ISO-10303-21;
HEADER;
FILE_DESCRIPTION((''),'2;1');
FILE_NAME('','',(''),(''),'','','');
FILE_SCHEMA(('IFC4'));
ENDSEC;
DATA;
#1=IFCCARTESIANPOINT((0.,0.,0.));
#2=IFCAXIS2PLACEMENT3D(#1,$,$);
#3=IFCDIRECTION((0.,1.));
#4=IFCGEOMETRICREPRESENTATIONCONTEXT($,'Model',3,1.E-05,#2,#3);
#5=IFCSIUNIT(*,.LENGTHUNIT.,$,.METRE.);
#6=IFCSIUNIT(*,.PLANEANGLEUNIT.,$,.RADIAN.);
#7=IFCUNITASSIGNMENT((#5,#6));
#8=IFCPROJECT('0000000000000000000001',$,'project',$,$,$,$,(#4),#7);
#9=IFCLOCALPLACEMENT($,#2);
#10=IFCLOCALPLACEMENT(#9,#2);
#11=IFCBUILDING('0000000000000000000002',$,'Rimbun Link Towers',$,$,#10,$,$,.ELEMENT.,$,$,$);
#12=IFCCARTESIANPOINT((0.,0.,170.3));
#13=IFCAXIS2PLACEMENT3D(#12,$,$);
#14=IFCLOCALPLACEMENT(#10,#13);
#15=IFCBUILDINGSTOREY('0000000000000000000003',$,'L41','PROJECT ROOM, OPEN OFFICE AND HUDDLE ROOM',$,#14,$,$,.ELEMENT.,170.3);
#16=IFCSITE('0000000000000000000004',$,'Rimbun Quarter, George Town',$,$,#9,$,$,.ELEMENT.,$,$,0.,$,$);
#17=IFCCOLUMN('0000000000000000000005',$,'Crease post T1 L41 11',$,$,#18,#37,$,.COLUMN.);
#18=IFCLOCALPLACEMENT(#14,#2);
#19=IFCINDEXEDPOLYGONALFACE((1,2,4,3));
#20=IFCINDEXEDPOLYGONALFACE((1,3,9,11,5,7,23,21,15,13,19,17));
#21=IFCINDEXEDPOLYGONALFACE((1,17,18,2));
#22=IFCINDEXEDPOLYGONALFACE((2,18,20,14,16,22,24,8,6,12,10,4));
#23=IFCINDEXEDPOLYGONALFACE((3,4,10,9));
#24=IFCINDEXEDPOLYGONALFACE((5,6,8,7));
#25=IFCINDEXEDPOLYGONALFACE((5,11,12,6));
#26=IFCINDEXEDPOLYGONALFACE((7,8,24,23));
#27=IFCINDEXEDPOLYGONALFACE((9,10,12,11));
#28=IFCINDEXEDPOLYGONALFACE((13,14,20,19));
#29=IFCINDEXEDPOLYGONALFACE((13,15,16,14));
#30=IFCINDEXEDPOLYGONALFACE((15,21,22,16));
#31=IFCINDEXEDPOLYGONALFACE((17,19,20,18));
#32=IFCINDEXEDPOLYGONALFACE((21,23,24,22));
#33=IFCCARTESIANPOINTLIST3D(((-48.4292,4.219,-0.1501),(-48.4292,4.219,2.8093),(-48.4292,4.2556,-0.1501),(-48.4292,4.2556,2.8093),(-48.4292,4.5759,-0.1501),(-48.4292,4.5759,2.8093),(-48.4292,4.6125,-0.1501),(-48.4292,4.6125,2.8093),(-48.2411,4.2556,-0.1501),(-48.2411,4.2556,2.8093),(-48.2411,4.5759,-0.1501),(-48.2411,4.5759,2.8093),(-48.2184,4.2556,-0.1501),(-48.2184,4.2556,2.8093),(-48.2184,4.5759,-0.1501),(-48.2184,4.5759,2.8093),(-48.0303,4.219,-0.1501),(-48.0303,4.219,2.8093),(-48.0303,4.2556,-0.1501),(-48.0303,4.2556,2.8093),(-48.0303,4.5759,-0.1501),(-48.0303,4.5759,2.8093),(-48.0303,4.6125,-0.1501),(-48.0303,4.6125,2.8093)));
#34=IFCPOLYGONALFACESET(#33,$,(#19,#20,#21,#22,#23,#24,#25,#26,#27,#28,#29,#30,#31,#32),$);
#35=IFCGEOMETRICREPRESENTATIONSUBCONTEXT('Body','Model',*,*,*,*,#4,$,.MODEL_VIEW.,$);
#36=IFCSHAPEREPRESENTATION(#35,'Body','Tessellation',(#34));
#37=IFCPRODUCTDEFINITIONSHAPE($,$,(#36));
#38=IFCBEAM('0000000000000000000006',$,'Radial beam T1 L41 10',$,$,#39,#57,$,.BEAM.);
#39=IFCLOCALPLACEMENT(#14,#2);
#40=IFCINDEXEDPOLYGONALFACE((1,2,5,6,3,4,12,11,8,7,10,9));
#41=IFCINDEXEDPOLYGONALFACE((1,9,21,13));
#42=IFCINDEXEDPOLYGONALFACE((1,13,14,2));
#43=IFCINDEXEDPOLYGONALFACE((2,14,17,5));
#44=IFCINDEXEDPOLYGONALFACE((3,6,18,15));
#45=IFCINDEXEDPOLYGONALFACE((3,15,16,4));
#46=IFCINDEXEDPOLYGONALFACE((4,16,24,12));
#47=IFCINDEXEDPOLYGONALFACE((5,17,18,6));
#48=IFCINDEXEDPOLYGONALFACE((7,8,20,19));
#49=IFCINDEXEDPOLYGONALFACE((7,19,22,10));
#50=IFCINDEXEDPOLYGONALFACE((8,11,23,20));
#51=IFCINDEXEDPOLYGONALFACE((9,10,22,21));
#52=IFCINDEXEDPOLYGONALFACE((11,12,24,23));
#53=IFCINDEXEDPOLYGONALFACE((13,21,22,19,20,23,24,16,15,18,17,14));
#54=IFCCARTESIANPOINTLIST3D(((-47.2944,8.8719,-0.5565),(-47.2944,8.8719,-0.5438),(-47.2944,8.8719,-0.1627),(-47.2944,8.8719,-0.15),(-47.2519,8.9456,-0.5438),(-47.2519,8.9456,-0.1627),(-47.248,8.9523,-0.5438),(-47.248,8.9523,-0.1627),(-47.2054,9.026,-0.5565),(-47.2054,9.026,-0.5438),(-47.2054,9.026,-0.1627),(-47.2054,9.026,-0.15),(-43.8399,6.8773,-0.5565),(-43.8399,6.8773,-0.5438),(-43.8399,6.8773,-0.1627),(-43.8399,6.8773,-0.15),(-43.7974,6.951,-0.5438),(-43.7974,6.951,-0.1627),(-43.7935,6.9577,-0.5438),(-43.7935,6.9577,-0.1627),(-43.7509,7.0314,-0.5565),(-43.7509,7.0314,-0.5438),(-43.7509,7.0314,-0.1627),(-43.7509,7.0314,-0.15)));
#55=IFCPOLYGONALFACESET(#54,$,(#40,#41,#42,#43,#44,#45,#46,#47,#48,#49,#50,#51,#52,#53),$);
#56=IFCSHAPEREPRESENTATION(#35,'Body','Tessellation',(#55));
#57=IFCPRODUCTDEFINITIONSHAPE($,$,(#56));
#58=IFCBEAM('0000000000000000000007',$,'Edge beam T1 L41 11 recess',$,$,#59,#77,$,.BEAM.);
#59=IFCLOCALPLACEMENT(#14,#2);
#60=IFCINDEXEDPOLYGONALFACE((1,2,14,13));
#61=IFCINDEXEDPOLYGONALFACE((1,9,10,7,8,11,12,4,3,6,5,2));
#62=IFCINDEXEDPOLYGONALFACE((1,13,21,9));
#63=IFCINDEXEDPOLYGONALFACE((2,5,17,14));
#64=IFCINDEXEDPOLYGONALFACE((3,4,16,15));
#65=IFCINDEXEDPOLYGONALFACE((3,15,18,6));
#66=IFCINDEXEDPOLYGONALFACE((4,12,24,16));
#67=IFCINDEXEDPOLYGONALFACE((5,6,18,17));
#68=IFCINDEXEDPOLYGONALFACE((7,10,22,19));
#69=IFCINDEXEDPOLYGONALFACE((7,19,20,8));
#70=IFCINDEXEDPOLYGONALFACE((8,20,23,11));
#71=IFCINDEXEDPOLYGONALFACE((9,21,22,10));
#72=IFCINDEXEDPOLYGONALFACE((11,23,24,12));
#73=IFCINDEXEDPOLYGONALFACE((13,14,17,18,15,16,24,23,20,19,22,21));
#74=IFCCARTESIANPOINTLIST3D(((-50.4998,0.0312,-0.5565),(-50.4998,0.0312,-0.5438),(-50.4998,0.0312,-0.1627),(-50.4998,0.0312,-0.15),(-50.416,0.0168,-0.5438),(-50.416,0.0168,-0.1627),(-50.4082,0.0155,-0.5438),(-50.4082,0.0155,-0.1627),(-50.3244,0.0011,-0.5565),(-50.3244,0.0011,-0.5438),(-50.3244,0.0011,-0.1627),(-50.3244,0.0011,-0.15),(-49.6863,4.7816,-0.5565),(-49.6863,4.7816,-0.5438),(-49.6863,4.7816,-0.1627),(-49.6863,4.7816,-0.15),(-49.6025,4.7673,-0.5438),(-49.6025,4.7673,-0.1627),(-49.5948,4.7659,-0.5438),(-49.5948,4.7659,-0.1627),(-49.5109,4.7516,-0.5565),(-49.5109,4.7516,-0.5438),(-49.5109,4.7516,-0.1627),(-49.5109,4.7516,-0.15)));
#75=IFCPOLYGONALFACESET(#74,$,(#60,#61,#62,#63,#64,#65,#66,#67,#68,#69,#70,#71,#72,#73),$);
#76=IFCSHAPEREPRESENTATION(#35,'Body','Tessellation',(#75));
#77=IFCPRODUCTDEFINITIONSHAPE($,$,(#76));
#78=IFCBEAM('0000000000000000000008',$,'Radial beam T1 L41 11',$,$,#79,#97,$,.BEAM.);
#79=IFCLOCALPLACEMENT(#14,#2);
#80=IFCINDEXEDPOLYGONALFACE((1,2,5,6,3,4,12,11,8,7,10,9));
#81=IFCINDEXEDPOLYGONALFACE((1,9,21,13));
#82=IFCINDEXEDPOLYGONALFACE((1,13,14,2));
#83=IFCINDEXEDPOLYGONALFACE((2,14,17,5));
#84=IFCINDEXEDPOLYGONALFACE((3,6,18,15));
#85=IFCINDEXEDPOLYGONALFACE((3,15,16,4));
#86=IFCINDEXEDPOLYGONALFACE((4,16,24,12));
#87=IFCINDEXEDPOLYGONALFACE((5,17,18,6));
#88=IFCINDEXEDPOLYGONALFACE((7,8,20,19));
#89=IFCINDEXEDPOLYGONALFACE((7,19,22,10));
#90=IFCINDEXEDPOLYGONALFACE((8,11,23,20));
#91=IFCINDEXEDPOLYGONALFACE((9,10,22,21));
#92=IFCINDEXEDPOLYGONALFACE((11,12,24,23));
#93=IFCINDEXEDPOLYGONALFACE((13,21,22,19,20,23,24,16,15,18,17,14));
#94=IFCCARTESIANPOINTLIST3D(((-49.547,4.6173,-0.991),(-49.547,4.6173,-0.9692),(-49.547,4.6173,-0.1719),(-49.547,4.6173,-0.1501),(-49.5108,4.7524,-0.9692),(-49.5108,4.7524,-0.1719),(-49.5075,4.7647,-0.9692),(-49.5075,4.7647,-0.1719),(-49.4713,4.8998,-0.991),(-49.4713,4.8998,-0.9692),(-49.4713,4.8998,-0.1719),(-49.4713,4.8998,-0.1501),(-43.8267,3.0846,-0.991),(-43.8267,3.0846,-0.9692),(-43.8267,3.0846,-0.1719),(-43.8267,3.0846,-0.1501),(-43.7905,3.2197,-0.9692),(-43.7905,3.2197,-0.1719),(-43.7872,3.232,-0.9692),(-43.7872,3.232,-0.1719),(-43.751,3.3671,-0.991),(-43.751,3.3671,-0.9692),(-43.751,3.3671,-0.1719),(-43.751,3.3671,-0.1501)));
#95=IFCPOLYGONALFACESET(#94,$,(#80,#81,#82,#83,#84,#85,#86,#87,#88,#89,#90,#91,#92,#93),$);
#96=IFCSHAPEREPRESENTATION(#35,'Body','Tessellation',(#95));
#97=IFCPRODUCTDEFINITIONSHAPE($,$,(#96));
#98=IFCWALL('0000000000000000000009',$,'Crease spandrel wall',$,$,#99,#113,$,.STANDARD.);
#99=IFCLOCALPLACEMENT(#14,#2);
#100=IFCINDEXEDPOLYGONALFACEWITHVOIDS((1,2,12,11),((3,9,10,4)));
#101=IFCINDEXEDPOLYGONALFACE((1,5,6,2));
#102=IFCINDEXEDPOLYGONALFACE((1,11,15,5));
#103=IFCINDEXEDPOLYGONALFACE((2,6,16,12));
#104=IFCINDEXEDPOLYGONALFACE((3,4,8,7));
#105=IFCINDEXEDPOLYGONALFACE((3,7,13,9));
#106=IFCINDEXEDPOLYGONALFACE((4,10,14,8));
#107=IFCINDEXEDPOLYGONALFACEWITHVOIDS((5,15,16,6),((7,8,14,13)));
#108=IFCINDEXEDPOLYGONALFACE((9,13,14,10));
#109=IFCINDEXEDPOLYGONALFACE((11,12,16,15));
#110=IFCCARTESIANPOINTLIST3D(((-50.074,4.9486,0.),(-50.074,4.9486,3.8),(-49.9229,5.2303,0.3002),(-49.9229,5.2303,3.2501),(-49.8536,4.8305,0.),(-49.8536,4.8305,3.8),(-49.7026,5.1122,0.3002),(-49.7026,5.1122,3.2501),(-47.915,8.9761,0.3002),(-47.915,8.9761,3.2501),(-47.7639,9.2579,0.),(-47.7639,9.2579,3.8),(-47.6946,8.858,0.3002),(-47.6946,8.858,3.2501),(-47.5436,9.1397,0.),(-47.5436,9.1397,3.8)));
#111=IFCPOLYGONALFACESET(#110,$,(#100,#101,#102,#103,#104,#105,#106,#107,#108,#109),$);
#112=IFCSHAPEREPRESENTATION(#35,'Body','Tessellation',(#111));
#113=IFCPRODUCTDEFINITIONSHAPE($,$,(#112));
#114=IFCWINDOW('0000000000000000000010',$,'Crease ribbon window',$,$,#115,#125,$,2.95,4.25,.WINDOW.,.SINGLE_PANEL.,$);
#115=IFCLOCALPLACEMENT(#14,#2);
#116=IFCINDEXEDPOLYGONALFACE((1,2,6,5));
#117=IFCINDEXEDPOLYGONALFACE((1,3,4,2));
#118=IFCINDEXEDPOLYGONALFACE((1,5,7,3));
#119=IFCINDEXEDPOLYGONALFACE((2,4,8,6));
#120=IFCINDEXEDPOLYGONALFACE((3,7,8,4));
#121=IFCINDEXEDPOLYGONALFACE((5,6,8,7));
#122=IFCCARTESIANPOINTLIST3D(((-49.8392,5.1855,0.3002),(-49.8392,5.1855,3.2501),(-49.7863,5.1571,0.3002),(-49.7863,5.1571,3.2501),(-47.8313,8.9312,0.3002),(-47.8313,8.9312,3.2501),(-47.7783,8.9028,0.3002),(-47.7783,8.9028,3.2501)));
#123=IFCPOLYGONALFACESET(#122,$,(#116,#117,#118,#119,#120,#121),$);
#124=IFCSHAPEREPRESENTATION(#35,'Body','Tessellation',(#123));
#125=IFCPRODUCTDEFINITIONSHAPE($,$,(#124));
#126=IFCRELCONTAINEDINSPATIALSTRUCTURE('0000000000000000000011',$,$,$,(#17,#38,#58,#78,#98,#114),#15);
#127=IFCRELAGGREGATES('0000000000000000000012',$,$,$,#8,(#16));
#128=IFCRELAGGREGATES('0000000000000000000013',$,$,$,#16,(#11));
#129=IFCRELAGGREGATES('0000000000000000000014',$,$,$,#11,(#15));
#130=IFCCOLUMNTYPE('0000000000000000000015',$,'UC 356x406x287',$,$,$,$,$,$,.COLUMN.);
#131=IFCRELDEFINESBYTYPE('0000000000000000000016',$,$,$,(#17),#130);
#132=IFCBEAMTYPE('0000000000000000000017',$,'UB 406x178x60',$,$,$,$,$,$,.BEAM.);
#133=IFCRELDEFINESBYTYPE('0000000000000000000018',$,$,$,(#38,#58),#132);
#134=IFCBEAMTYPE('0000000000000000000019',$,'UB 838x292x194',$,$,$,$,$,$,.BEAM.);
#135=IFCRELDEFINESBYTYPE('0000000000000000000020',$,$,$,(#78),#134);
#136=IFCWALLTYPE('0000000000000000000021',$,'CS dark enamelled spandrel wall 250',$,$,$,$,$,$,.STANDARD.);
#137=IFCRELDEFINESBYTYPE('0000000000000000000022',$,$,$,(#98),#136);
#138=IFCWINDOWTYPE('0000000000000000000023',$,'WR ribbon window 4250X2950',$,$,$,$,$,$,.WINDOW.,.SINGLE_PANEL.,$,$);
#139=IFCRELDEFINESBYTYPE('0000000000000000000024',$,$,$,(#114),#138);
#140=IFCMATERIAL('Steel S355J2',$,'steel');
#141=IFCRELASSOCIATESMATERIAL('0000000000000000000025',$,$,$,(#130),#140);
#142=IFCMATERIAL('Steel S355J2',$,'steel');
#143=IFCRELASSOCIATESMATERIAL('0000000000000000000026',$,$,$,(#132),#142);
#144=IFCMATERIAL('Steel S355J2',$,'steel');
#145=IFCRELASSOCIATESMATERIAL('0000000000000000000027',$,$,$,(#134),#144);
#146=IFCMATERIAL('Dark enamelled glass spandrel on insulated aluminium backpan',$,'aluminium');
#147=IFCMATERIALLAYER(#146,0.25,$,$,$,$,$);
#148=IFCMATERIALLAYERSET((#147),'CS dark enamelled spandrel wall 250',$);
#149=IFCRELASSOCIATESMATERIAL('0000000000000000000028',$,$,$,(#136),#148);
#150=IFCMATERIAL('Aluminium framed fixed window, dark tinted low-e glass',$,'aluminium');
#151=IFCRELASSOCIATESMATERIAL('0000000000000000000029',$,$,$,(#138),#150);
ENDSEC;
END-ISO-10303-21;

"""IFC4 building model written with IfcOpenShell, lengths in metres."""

from ifc_helpers import new_model, si_unit, direction, frame, frame_2d, origin, origin_2d, place, context, subcontext, project, spatial, rectangle, i_section, extrude, material, layer, layer_set, material_profile, profile_set, type_object, element, fill, save


model = new_model("IFC4")

# Units and contexts
model_context = context("Model", 3, precision=1e-05, world=origin(), true_north=direction((0.0, 1.0)))
body_context = subcontext(model_context, "Body", "Model", "MODEL_VIEW")
ifc_project = project(units=[si_unit("LENGTHUNIT", "METRE"), si_unit("PLANEANGLEUNIT", "RADIAN")], contexts=[model_context])

# Site, building, storey
site_placement = place(None, origin())
site = spatial("IfcSite", under=ifc_project, at=site_placement, Name="Rimbun Quarter, George Town", CompositionType="ELEMENT", RefElevation=0.0)
building_placement = place(site_placement, origin())
building = spatial("IfcBuilding", under=site, at=building_placement, Name="Rimbun Link Towers", CompositionType="ELEMENT")
storey_placement = place(building_placement, frame((0.0, 0.0, 170.3)))
storey = spatial("IfcBuildingStorey", under=building, at=storey_placement, Name="L41", Description="PROJECT ROOM, OPEN OFFICE AND HUDDLE ROOM", CompositionType="ELEMENT", Elevation=170.3)

# Column
ifc_material_1 = material(Name="Steel S355J2", Category="steel")
ifc_material_profile_1 = material_profile(ifc_material_1, i_section(OverallWidth=0.3989, OverallDepth=0.3936, WebThickness=0.0227, FlangeThickness=0.0366, at=origin_2d()), Name="UC 356x406x287")
ifc_profile_set_1 = profile_set([ifc_material_profile_1], Name="Steel S355J2")
column_type = type_object("IfcColumnType", Name="UC 356x406x287", PredefinedType="COLUMN", material=ifc_profile_set_1)
column_placement = place(storey_placement, frame((-48.2297, 4.4158, -0.1501), z_axis=(0.0, 0.0, 1.0), x_axis=(1.0, 0.0, 0.0)))
element("IfcColumn", 1, at=column_placement, inside=storey, type_object=column_type, Name="Crease post T1 L41 11", PredefinedType="COLUMN", context=body_context, shape_type="SweptSolid", body=[
    extrude(i_section(OverallWidth=0.3989, OverallDepth=0.3936, WebThickness=0.0227, FlangeThickness=0.0366, at=origin_2d()), origin(), (0.0, 0.0, 1.0), 2.9595),
])

# Beams
ifc_material_2 = material(Name="Steel S355J2", Category="steel")
ifc_material_profile_2 = material_profile(ifc_material_2, i_section(OverallWidth=0.178, OverallDepth=0.4065, WebThickness=0.0078, FlangeThickness=0.0127, at=origin_2d()), Name="UB 406x178x60")
ifc_profile_set_2 = profile_set([ifc_material_profile_2], Name="Steel S355J2")
beam_type_1 = type_object("IfcBeamType", Name="UB 406x178x60", PredefinedType="BEAM", material=ifc_profile_set_2)
beam_1_placement = place(storey_placement, frame((-43.7954, 6.9543, -0.3533), z_axis=(-0.866012, 0.500023, 0.0), x_axis=(-0.500023, -0.866012, 0.0)))
element("IfcBeam", 2, at=beam_1_placement, inside=storey, type_object=beam_type_1, Name="Radial beam T1 L41 10", PredefinedType="BEAM", context=body_context, shape_type="SweptSolid", body=[
    extrude(i_section(OverallWidth=0.178, OverallDepth=0.4065, WebThickness=0.0078, FlangeThickness=0.0127, at=origin_2d()), origin(), (0.0, 0.0, 1.0), 3.989),
])
beam_2_placement = place(storey_placement, frame((-49.5986, 4.7666, -0.3533), z_axis=(-0.168784, -0.985653, 0.0), x_axis=(0.985653, -0.168784, 0.0)))
element("IfcBeam", 3, at=beam_2_placement, inside=storey, type_object=beam_type_1, Name="Edge beam T1 L41 11 recess", PredefinedType="BEAM", context=body_context, shape_type="SweptSolid", body=[
    extrude(i_section(OverallWidth=0.178, OverallDepth=0.4065, WebThickness=0.0078, FlangeThickness=0.0127, at=origin_2d()), origin(), (0.0, 0.0, 1.0), 4.8196),
])
ifc_material_3 = material(Name="Steel S355J2", Category="steel")
ifc_material_profile_3 = material_profile(ifc_material_3, i_section(OverallWidth=0.2925, OverallDepth=0.8408, WebThickness=0.0127, FlangeThickness=0.0217, at=origin_2d()), Name="UB 838x292x194")
ifc_profile_set_3 = profile_set([ifc_material_profile_3], Name="Steel S355J2")
beam_type_2 = type_object("IfcBeamType", Name="UB 838x292x194", PredefinedType="BEAM", material=ifc_profile_set_3)
beam_3_placement = place(storey_placement, frame((-43.7888, 3.2258, -0.5706), z_axis=(-0.965926, 0.258817, 0.0), x_axis=(-0.258817, -0.965926, 0.0)))
element("IfcBeam", 4, at=beam_3_placement, inside=storey, type_object=beam_type_2, Name="Radial beam T1 L41 11", PredefinedType="BEAM", context=body_context, shape_type="SweptSolid", body=[
    extrude(i_section(OverallWidth=0.2925, OverallDepth=0.8408, WebThickness=0.0127, FlangeThickness=0.0217, at=origin_2d()), origin(), (0.0, 0.0, 1.0), 5.9221),
])

# Wall, opening, window
ifc_material_4 = material(Name="Dark enamelled glass spandrel on insulated aluminium backpan", Category="aluminium")
ifc_layer_1 = layer(ifc_material_4, 0.25)
ifc_layer_set_1 = layer_set([ifc_layer_1], Name="CS dark enamelled spandrel wall 250")
wall_type_1 = type_object("IfcWallType", Name="CS dark enamelled spandrel wall 250", PredefinedType="STANDARD", material=ifc_layer_set_1)
wall_1_placement = place(storey_placement, frame((-49.9639, 4.8894, 0.0), z_axis=(0.0, 0.0, 1.0), x_axis=(0.472458, 0.881353, 0.0)))
wall_1 = element("IfcWall", 5, at=wall_1_placement, inside=storey, type_object=wall_type_1, Name="Crease spandrel wall", PredefinedType="STANDARD", context=body_context, shape_type="SweptSolid", body=[
    extrude(rectangle(XDim=4.8894, YDim=0.25, at=frame_2d((2.4448, 0.0))), origin(), (0.0, 0.0, 1.0), 3.8),
])
opening_1_placement = place(wall_1_placement, frame((0.3198, 0.0, 0.3)))
opening_1 = element("IfcOpeningElement", 6, at=opening_1_placement, cuts=wall_1, PredefinedType="OPENING", context=body_context, shape_type="SweptSolid", body=[
    extrude(rectangle(XDim=4.25, YDim=2.95, at=frame_2d((2.125, 1.4751))), frame((0.0, 0.135, 0.0), z_axis=(0.0, -1.0, 0.0), x_axis=(1.0, 0.0, 0.0)), (0.0, 0.0, 1.0), 0.27),
])
ifc_material_5 = material(Name="Aluminium framed fixed window, dark tinted low-e glass", Category="aluminium")
window_type = type_object("IfcWindowType", Name="WR ribbon window 4250X2950", PartitioningType="SINGLE_PANEL", PredefinedType="WINDOW", material=ifc_material_5)
window_placement = place(opening_1_placement, origin())
window = element("IfcWindow", 7, at=window_placement, inside=storey, type_object=window_type, Name="Crease ribbon window", OverallHeight=2.95, OverallWidth=4.25, PartitioningType="SINGLE_PANEL", PredefinedType="WINDOW", context=body_context, shape_type="SweptSolid", body=[
    extrude(rectangle(XDim=4.25, YDim=2.95, at=frame_2d((2.125, 1.4751))), frame((0.0, 0.03, 0.0), z_axis=(0.0, -1.0, 0.0), x_axis=(1.0, 0.0, 0.0)), (0.0, 0.0, 1.0), 0.0601),
])
fill(opening_1, window)

save(model, "model.ifc")
